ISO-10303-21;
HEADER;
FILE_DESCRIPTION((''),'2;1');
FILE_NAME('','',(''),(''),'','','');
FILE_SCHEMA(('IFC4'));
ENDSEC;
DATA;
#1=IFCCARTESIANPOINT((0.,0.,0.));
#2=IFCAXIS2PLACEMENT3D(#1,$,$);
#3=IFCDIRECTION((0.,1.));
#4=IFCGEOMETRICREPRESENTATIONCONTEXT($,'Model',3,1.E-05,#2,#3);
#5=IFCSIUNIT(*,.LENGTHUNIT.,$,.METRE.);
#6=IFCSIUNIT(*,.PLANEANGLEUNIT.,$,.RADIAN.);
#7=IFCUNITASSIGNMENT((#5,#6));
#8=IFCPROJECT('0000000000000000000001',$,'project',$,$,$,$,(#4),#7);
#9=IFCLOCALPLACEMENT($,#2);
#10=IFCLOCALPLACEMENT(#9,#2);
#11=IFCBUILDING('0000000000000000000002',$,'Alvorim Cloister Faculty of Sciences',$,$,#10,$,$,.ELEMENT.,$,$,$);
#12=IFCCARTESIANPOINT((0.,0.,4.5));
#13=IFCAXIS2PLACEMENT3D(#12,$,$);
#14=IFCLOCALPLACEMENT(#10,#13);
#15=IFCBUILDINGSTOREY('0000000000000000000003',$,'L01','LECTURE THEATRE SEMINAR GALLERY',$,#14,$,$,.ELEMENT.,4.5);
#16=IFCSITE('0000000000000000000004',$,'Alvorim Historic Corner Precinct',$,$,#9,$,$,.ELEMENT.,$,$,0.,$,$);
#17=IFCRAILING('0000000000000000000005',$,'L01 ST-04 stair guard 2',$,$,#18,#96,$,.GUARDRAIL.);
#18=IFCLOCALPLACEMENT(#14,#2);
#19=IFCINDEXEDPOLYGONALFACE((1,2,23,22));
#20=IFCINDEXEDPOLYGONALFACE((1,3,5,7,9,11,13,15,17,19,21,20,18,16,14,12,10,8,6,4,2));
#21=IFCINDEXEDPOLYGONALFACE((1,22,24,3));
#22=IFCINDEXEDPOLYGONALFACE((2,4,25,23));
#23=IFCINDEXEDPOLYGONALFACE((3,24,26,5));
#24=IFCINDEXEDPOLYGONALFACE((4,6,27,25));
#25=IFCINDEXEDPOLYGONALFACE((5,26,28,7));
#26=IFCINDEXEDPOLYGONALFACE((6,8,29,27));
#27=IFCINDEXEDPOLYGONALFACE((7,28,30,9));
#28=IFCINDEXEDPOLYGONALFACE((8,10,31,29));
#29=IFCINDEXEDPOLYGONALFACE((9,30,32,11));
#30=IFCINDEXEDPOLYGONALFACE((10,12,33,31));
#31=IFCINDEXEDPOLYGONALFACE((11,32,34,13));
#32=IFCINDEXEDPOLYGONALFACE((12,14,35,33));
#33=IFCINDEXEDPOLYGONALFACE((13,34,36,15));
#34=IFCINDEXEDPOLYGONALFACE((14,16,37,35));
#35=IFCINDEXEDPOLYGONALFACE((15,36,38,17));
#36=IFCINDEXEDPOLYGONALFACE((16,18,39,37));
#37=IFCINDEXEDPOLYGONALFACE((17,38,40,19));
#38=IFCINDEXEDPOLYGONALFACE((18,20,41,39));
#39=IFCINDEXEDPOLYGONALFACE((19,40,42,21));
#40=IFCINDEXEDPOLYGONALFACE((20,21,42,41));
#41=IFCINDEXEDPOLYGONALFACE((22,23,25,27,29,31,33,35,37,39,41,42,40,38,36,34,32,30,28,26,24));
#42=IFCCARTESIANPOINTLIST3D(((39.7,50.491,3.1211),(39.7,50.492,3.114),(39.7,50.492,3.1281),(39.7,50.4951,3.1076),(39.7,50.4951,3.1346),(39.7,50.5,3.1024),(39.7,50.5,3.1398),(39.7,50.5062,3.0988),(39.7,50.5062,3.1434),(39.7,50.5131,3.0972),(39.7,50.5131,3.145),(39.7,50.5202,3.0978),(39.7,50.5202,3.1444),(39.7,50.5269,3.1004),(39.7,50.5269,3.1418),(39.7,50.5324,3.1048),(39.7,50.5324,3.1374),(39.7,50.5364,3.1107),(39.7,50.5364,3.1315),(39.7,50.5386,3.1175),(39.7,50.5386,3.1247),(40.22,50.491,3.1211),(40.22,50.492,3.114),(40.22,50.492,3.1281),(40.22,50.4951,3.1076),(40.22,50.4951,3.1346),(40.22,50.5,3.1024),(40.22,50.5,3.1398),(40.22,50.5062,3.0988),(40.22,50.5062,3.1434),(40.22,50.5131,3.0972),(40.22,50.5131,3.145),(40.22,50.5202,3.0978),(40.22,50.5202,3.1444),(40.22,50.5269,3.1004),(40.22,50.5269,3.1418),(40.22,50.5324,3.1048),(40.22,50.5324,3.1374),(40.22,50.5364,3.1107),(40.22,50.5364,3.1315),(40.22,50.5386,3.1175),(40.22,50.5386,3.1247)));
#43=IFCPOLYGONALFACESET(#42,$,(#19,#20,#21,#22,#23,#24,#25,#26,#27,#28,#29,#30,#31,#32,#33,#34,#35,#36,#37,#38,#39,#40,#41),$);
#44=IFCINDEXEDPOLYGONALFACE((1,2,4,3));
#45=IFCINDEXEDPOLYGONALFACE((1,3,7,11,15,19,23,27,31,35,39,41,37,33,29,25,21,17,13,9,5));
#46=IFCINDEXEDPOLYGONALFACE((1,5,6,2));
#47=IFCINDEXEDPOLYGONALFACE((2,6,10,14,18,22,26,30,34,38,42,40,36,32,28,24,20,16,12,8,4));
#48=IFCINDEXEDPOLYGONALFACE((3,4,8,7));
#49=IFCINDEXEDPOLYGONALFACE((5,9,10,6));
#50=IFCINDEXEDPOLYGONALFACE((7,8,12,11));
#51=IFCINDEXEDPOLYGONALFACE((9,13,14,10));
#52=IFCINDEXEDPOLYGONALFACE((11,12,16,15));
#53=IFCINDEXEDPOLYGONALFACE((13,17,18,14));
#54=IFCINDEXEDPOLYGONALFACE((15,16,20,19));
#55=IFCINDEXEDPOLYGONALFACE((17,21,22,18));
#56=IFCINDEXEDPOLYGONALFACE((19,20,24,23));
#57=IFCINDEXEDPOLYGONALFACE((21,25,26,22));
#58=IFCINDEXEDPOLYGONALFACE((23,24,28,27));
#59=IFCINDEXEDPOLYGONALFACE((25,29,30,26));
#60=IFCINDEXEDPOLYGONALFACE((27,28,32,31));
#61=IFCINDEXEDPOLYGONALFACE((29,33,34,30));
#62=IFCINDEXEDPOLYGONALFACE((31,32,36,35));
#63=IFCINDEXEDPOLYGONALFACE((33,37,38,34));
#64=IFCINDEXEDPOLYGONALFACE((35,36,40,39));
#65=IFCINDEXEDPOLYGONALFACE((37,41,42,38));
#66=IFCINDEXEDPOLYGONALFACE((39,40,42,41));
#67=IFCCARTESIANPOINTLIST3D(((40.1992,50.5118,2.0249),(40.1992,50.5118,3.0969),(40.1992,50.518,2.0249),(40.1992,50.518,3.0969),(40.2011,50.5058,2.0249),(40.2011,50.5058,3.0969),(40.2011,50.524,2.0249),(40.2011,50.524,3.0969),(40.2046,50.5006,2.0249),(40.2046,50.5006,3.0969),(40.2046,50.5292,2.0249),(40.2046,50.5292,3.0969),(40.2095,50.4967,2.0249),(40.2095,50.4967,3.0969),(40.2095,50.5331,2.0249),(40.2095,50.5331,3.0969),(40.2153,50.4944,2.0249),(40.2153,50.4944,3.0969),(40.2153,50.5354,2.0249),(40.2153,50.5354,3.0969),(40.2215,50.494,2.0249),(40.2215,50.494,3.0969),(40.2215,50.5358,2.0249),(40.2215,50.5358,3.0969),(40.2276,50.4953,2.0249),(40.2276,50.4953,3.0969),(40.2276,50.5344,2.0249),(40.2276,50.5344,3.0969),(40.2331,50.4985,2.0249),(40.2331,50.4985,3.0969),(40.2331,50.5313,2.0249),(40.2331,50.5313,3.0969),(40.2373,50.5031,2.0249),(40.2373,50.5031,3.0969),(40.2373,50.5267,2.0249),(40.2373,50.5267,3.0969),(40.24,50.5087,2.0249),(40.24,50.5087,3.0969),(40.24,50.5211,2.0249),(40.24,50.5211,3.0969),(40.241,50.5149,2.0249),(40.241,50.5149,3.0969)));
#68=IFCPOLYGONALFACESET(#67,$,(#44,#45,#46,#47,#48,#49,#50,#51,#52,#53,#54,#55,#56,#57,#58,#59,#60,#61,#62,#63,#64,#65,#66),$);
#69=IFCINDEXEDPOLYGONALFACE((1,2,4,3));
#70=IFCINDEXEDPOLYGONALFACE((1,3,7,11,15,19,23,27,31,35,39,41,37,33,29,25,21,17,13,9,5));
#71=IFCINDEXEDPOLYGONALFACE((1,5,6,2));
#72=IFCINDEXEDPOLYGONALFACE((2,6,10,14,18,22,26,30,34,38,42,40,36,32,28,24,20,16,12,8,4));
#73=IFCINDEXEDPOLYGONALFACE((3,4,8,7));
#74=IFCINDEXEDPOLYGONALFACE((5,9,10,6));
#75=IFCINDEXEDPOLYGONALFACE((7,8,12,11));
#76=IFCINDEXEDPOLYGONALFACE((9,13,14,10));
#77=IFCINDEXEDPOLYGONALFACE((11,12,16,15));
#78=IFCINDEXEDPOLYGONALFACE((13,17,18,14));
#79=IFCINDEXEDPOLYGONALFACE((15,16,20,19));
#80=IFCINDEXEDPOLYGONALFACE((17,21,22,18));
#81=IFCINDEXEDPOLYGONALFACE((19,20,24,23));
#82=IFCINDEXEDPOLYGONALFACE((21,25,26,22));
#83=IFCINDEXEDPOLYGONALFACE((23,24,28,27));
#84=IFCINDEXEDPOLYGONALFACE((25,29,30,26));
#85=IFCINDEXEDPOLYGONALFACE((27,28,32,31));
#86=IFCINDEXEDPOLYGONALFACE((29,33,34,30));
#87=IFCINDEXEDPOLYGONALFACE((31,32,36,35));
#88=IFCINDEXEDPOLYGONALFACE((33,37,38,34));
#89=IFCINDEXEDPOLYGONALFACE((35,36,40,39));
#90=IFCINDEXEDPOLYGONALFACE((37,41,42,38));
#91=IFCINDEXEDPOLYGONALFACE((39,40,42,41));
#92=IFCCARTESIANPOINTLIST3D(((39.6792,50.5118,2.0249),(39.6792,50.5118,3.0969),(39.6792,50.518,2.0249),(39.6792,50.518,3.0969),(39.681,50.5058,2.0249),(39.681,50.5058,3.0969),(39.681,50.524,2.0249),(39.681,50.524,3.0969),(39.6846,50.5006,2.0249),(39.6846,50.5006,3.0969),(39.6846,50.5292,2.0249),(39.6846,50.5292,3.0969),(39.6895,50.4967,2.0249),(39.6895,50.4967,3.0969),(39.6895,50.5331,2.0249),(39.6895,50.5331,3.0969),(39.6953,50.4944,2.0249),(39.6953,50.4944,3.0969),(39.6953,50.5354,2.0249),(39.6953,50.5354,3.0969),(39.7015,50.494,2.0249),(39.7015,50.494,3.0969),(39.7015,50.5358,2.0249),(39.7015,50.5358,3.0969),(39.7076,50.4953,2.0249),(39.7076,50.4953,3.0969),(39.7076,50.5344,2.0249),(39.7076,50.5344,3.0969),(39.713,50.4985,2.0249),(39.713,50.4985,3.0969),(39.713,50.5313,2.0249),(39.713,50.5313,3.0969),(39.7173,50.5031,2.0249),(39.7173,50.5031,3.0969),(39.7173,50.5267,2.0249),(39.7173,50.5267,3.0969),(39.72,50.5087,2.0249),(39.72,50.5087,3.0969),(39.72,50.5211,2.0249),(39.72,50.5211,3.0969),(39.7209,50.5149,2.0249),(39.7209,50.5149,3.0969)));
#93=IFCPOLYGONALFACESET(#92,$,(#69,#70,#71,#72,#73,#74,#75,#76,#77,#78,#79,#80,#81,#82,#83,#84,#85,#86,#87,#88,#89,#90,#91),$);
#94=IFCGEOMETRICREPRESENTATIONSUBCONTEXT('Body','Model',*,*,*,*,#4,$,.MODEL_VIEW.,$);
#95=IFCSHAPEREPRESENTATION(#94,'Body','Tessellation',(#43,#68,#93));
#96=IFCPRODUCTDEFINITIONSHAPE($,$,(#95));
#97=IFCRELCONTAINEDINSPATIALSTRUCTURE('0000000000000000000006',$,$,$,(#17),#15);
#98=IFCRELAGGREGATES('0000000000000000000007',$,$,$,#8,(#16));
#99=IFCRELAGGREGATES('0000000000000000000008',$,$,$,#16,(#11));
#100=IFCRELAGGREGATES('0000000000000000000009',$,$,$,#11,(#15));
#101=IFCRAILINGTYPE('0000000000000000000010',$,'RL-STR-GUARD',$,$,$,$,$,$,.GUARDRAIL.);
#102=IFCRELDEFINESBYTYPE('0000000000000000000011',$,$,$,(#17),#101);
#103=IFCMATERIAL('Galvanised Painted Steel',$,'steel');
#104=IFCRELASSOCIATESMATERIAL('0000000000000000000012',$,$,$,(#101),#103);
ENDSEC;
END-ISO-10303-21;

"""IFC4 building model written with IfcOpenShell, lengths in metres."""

from ifc_helpers import new_model, si_unit, direction, frame, origin, origin_2d, place, context, subcontext, project, spatial, circle, extrude, material, type_object, element, save


model = new_model("IFC4")

# Units and contexts
model_context = context("Model", 3, precision=1e-05, world=origin(), true_north=direction((0.0, 1.0)))
body_context = subcontext(model_context, "Body", "Model", "MODEL_VIEW")
ifc_project = project(units=[si_unit("LENGTHUNIT", "METRE"), si_unit("PLANEANGLEUNIT", "RADIAN")], contexts=[model_context])

# Site, building, storey
site_placement = place(None, origin())
site = spatial("IfcSite", under=ifc_project, at=site_placement, Name="Alvorim Historic Corner Precinct", CompositionType="ELEMENT", RefElevation=0.0)
building_placement = place(site_placement, origin())
building = spatial("IfcBuilding", under=site, at=building_placement, Name="Alvorim Cloister Faculty of Sciences", CompositionType="ELEMENT")
storey_placement = place(building_placement, frame((0.0, 0.0, 4.5)))
storey = spatial("IfcBuildingStorey", under=building, at=storey_placement, Name="L01", Description="LECTURE THEATRE SEMINAR GALLERY", CompositionType="ELEMENT", Elevation=4.5)

# Railing
ifc_material_1 = material(Name="Galvanised Painted Steel", Category="steel")
railing_type_1 = type_object("IfcRailingType", Name="RL-STR-GUARD", PredefinedType="GUARDRAIL", material=ifc_material_1)
railing_1_placement = place(storey_placement, frame((40.22, 50.5149, 2.0249)))
element("IfcRailing", 1, at=railing_1_placement, inside=storey, type_object=railing_type_1, Name="L01 ST-04 stair guard 2", PredefinedType="GUARDRAIL", context=body_context, shape_type="SweptSolid", body=[
    extrude(circle(Radius=0.0239, at=origin_2d()), frame((0.0, 0.0, 1.0962), z_axis=(-1.0, 0.0, 0.0), x_axis=(0.0, -1.0, 0.0)), (0.0, 0.0, 1.0), 0.52),
    extrude(circle(Radius=0.021, at=origin_2d()), origin(), (0.0, 0.0, 1.0), 1.072),
    extrude(circle(Radius=0.021, at=origin_2d()), frame((-0.52, 0.0, 0.0)), (0.0, 0.0, 1.0), 1.072),
])

save(model, "model.ifc")
